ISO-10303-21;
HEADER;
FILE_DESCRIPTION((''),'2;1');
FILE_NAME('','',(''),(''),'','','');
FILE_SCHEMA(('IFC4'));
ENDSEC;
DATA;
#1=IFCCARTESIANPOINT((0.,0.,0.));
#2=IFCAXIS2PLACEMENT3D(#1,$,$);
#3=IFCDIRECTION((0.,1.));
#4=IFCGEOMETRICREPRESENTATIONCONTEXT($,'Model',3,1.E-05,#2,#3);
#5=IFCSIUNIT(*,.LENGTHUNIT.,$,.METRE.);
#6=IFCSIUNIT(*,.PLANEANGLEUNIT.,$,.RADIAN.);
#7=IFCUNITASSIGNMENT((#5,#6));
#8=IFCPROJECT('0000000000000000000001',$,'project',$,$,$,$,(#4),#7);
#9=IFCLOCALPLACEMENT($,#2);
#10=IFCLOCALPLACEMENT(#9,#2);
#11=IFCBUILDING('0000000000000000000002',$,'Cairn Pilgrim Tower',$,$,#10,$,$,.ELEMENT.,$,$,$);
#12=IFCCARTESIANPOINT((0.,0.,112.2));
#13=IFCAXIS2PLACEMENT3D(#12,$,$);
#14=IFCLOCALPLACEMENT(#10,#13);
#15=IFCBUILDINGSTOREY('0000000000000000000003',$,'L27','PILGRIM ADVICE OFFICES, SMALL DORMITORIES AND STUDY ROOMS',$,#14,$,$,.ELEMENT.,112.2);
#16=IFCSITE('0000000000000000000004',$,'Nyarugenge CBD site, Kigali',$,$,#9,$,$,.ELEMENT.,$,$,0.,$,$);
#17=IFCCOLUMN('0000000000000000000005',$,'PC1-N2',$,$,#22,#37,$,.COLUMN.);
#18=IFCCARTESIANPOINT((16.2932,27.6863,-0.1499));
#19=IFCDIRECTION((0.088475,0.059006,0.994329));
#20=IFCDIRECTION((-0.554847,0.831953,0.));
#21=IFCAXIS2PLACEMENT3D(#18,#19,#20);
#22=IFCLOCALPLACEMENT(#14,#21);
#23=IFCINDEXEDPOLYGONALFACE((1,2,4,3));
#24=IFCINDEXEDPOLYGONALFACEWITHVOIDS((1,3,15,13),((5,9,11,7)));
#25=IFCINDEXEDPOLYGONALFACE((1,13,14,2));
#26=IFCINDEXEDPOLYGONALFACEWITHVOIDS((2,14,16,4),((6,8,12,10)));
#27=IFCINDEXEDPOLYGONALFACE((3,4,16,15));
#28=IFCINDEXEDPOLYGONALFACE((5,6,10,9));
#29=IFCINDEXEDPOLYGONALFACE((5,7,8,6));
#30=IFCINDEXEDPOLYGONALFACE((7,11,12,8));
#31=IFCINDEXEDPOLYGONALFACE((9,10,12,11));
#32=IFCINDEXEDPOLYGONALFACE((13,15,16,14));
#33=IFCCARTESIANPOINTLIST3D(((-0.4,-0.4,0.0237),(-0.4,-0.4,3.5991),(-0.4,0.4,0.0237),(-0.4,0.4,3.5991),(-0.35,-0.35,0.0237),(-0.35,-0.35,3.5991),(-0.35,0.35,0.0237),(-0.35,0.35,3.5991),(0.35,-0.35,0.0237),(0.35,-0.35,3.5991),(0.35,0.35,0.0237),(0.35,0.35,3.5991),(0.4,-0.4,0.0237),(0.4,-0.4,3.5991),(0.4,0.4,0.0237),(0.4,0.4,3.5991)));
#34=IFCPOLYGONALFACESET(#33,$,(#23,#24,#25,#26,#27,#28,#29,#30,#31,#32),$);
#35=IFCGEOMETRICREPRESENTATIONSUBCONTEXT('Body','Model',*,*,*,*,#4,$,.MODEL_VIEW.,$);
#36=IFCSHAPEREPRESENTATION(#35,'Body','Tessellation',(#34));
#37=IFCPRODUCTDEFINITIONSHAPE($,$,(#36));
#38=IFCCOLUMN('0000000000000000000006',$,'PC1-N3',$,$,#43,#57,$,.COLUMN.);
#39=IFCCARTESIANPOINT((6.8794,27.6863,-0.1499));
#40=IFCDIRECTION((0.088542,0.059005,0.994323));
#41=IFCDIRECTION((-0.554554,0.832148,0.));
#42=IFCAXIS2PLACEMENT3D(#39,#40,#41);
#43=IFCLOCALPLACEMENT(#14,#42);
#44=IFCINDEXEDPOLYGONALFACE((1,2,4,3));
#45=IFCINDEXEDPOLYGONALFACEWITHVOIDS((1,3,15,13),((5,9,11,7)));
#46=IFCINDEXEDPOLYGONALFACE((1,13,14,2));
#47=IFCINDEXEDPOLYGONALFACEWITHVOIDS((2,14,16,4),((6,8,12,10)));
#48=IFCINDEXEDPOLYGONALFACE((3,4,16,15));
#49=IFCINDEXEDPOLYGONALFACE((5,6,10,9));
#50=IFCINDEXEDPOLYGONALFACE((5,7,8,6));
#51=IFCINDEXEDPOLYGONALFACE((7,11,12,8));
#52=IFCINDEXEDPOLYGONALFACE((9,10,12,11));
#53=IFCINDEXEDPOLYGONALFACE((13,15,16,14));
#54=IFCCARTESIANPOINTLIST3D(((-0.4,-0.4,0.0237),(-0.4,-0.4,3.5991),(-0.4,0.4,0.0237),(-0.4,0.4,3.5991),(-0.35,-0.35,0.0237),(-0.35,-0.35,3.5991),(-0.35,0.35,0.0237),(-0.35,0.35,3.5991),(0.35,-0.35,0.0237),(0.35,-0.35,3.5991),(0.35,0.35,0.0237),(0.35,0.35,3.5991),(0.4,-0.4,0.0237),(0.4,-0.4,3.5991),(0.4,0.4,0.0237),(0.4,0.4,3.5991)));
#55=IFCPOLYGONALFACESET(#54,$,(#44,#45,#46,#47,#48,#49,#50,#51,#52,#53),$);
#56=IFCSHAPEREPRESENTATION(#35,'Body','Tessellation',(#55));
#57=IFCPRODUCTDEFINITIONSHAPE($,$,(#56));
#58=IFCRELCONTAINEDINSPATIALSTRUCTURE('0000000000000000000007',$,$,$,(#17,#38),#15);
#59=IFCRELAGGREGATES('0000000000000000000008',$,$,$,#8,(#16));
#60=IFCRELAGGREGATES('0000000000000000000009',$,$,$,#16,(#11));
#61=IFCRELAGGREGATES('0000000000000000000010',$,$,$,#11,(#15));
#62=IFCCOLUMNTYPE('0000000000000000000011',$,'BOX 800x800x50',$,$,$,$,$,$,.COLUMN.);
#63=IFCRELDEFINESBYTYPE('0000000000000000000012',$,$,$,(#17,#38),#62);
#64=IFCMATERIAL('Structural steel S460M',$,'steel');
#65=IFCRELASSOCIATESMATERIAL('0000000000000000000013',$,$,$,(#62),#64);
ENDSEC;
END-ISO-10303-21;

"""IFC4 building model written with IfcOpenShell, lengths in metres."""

from ifc_helpers import new_model, si_unit, direction, frame, origin, origin_2d, place, context, subcontext, project, spatial, hollow_rectangle, extrude, clip, halfspace, material, material_profile, profile_set, type_object, element, save


model = new_model("IFC4")

# Units and contexts
model_context = context("Model", 3, precision=1e-05, world=origin(), true_north=direction((0.0, 1.0)))
body_context = subcontext(model_context, "Body", "Model", "MODEL_VIEW")
ifc_project = project(units=[si_unit("LENGTHUNIT", "METRE"), si_unit("PLANEANGLEUNIT", "RADIAN")], contexts=[model_context])

# Site, building, storey
site_placement = place(None, origin())
site = spatial("IfcSite", under=ifc_project, at=site_placement, Name="Nyarugenge CBD site, Kigali", CompositionType="ELEMENT", RefElevation=0.0)
building_placement = place(site_placement, origin())
building = spatial("IfcBuilding", under=site, at=building_placement, Name="Cairn Pilgrim Tower", CompositionType="ELEMENT")
storey_placement = place(building_placement, frame((0.0, 0.0, 112.2)))
storey = spatial("IfcBuildingStorey", under=building, at=storey_placement, Name="L27", Description="PILGRIM ADVICE OFFICES, SMALL DORMITORIES AND STUDY ROOMS", CompositionType="ELEMENT", Elevation=112.2)

# Columns
ifc_material_1 = material(Name="Structural steel S460M", Category="steel")
ifc_material_profile_1 = material_profile(ifc_material_1, hollow_rectangle(XDim=0.8, YDim=0.8, WallThickness=0.05, at=origin_2d()), Name="BOX 800x800x50")
ifc_profile_set_1 = profile_set([ifc_material_profile_1], Name="Structural steel S460M")
column_type_1 = type_object("IfcColumnType", Name="BOX 800x800x50", PredefinedType="COLUMN", material=ifc_profile_set_1)
for number, where, z_axis, x_axis, name in (
    (1, (16.2932, 27.6863, -0.1499), (0.088475, 0.059006, 0.994329), (-0.554847, 0.831953, 0.0), "PC1-N2"),
    (2, (6.8794, 27.6863, -0.1499), (0.088542, 0.059005, 0.994323), (-0.554554, 0.832148, 0.0), "PC1-N3"),
):
    element("IfcColumn", number, at=place(storey_placement, frame(where, z_axis=z_axis, x_axis=x_axis)), inside=storey, type_object=column_type_1, Name=name, PredefinedType="COLUMN", context=body_context, shape_type="Clipping", body=[
        clip(clip(extrude(hollow_rectangle(XDim=0.8, YDim=0.8, WallThickness=0.05, at=origin_2d()), origin(), (0.0, 0.0, 1.0), 3.6204), halfspace(frame((0.0, 0.0, 0.0237), z_axis=(0.0, 0.0, 1.0), x_axis=(1.0, 0.0, 0.0)), True)), halfspace(frame((0.0, 0.0, 3.5991), z_axis=(0.0, 0.0, 1.0), x_axis=(1.0, 0.0, 0.0)), False)),
    ])

save(model, "model.ifc")
